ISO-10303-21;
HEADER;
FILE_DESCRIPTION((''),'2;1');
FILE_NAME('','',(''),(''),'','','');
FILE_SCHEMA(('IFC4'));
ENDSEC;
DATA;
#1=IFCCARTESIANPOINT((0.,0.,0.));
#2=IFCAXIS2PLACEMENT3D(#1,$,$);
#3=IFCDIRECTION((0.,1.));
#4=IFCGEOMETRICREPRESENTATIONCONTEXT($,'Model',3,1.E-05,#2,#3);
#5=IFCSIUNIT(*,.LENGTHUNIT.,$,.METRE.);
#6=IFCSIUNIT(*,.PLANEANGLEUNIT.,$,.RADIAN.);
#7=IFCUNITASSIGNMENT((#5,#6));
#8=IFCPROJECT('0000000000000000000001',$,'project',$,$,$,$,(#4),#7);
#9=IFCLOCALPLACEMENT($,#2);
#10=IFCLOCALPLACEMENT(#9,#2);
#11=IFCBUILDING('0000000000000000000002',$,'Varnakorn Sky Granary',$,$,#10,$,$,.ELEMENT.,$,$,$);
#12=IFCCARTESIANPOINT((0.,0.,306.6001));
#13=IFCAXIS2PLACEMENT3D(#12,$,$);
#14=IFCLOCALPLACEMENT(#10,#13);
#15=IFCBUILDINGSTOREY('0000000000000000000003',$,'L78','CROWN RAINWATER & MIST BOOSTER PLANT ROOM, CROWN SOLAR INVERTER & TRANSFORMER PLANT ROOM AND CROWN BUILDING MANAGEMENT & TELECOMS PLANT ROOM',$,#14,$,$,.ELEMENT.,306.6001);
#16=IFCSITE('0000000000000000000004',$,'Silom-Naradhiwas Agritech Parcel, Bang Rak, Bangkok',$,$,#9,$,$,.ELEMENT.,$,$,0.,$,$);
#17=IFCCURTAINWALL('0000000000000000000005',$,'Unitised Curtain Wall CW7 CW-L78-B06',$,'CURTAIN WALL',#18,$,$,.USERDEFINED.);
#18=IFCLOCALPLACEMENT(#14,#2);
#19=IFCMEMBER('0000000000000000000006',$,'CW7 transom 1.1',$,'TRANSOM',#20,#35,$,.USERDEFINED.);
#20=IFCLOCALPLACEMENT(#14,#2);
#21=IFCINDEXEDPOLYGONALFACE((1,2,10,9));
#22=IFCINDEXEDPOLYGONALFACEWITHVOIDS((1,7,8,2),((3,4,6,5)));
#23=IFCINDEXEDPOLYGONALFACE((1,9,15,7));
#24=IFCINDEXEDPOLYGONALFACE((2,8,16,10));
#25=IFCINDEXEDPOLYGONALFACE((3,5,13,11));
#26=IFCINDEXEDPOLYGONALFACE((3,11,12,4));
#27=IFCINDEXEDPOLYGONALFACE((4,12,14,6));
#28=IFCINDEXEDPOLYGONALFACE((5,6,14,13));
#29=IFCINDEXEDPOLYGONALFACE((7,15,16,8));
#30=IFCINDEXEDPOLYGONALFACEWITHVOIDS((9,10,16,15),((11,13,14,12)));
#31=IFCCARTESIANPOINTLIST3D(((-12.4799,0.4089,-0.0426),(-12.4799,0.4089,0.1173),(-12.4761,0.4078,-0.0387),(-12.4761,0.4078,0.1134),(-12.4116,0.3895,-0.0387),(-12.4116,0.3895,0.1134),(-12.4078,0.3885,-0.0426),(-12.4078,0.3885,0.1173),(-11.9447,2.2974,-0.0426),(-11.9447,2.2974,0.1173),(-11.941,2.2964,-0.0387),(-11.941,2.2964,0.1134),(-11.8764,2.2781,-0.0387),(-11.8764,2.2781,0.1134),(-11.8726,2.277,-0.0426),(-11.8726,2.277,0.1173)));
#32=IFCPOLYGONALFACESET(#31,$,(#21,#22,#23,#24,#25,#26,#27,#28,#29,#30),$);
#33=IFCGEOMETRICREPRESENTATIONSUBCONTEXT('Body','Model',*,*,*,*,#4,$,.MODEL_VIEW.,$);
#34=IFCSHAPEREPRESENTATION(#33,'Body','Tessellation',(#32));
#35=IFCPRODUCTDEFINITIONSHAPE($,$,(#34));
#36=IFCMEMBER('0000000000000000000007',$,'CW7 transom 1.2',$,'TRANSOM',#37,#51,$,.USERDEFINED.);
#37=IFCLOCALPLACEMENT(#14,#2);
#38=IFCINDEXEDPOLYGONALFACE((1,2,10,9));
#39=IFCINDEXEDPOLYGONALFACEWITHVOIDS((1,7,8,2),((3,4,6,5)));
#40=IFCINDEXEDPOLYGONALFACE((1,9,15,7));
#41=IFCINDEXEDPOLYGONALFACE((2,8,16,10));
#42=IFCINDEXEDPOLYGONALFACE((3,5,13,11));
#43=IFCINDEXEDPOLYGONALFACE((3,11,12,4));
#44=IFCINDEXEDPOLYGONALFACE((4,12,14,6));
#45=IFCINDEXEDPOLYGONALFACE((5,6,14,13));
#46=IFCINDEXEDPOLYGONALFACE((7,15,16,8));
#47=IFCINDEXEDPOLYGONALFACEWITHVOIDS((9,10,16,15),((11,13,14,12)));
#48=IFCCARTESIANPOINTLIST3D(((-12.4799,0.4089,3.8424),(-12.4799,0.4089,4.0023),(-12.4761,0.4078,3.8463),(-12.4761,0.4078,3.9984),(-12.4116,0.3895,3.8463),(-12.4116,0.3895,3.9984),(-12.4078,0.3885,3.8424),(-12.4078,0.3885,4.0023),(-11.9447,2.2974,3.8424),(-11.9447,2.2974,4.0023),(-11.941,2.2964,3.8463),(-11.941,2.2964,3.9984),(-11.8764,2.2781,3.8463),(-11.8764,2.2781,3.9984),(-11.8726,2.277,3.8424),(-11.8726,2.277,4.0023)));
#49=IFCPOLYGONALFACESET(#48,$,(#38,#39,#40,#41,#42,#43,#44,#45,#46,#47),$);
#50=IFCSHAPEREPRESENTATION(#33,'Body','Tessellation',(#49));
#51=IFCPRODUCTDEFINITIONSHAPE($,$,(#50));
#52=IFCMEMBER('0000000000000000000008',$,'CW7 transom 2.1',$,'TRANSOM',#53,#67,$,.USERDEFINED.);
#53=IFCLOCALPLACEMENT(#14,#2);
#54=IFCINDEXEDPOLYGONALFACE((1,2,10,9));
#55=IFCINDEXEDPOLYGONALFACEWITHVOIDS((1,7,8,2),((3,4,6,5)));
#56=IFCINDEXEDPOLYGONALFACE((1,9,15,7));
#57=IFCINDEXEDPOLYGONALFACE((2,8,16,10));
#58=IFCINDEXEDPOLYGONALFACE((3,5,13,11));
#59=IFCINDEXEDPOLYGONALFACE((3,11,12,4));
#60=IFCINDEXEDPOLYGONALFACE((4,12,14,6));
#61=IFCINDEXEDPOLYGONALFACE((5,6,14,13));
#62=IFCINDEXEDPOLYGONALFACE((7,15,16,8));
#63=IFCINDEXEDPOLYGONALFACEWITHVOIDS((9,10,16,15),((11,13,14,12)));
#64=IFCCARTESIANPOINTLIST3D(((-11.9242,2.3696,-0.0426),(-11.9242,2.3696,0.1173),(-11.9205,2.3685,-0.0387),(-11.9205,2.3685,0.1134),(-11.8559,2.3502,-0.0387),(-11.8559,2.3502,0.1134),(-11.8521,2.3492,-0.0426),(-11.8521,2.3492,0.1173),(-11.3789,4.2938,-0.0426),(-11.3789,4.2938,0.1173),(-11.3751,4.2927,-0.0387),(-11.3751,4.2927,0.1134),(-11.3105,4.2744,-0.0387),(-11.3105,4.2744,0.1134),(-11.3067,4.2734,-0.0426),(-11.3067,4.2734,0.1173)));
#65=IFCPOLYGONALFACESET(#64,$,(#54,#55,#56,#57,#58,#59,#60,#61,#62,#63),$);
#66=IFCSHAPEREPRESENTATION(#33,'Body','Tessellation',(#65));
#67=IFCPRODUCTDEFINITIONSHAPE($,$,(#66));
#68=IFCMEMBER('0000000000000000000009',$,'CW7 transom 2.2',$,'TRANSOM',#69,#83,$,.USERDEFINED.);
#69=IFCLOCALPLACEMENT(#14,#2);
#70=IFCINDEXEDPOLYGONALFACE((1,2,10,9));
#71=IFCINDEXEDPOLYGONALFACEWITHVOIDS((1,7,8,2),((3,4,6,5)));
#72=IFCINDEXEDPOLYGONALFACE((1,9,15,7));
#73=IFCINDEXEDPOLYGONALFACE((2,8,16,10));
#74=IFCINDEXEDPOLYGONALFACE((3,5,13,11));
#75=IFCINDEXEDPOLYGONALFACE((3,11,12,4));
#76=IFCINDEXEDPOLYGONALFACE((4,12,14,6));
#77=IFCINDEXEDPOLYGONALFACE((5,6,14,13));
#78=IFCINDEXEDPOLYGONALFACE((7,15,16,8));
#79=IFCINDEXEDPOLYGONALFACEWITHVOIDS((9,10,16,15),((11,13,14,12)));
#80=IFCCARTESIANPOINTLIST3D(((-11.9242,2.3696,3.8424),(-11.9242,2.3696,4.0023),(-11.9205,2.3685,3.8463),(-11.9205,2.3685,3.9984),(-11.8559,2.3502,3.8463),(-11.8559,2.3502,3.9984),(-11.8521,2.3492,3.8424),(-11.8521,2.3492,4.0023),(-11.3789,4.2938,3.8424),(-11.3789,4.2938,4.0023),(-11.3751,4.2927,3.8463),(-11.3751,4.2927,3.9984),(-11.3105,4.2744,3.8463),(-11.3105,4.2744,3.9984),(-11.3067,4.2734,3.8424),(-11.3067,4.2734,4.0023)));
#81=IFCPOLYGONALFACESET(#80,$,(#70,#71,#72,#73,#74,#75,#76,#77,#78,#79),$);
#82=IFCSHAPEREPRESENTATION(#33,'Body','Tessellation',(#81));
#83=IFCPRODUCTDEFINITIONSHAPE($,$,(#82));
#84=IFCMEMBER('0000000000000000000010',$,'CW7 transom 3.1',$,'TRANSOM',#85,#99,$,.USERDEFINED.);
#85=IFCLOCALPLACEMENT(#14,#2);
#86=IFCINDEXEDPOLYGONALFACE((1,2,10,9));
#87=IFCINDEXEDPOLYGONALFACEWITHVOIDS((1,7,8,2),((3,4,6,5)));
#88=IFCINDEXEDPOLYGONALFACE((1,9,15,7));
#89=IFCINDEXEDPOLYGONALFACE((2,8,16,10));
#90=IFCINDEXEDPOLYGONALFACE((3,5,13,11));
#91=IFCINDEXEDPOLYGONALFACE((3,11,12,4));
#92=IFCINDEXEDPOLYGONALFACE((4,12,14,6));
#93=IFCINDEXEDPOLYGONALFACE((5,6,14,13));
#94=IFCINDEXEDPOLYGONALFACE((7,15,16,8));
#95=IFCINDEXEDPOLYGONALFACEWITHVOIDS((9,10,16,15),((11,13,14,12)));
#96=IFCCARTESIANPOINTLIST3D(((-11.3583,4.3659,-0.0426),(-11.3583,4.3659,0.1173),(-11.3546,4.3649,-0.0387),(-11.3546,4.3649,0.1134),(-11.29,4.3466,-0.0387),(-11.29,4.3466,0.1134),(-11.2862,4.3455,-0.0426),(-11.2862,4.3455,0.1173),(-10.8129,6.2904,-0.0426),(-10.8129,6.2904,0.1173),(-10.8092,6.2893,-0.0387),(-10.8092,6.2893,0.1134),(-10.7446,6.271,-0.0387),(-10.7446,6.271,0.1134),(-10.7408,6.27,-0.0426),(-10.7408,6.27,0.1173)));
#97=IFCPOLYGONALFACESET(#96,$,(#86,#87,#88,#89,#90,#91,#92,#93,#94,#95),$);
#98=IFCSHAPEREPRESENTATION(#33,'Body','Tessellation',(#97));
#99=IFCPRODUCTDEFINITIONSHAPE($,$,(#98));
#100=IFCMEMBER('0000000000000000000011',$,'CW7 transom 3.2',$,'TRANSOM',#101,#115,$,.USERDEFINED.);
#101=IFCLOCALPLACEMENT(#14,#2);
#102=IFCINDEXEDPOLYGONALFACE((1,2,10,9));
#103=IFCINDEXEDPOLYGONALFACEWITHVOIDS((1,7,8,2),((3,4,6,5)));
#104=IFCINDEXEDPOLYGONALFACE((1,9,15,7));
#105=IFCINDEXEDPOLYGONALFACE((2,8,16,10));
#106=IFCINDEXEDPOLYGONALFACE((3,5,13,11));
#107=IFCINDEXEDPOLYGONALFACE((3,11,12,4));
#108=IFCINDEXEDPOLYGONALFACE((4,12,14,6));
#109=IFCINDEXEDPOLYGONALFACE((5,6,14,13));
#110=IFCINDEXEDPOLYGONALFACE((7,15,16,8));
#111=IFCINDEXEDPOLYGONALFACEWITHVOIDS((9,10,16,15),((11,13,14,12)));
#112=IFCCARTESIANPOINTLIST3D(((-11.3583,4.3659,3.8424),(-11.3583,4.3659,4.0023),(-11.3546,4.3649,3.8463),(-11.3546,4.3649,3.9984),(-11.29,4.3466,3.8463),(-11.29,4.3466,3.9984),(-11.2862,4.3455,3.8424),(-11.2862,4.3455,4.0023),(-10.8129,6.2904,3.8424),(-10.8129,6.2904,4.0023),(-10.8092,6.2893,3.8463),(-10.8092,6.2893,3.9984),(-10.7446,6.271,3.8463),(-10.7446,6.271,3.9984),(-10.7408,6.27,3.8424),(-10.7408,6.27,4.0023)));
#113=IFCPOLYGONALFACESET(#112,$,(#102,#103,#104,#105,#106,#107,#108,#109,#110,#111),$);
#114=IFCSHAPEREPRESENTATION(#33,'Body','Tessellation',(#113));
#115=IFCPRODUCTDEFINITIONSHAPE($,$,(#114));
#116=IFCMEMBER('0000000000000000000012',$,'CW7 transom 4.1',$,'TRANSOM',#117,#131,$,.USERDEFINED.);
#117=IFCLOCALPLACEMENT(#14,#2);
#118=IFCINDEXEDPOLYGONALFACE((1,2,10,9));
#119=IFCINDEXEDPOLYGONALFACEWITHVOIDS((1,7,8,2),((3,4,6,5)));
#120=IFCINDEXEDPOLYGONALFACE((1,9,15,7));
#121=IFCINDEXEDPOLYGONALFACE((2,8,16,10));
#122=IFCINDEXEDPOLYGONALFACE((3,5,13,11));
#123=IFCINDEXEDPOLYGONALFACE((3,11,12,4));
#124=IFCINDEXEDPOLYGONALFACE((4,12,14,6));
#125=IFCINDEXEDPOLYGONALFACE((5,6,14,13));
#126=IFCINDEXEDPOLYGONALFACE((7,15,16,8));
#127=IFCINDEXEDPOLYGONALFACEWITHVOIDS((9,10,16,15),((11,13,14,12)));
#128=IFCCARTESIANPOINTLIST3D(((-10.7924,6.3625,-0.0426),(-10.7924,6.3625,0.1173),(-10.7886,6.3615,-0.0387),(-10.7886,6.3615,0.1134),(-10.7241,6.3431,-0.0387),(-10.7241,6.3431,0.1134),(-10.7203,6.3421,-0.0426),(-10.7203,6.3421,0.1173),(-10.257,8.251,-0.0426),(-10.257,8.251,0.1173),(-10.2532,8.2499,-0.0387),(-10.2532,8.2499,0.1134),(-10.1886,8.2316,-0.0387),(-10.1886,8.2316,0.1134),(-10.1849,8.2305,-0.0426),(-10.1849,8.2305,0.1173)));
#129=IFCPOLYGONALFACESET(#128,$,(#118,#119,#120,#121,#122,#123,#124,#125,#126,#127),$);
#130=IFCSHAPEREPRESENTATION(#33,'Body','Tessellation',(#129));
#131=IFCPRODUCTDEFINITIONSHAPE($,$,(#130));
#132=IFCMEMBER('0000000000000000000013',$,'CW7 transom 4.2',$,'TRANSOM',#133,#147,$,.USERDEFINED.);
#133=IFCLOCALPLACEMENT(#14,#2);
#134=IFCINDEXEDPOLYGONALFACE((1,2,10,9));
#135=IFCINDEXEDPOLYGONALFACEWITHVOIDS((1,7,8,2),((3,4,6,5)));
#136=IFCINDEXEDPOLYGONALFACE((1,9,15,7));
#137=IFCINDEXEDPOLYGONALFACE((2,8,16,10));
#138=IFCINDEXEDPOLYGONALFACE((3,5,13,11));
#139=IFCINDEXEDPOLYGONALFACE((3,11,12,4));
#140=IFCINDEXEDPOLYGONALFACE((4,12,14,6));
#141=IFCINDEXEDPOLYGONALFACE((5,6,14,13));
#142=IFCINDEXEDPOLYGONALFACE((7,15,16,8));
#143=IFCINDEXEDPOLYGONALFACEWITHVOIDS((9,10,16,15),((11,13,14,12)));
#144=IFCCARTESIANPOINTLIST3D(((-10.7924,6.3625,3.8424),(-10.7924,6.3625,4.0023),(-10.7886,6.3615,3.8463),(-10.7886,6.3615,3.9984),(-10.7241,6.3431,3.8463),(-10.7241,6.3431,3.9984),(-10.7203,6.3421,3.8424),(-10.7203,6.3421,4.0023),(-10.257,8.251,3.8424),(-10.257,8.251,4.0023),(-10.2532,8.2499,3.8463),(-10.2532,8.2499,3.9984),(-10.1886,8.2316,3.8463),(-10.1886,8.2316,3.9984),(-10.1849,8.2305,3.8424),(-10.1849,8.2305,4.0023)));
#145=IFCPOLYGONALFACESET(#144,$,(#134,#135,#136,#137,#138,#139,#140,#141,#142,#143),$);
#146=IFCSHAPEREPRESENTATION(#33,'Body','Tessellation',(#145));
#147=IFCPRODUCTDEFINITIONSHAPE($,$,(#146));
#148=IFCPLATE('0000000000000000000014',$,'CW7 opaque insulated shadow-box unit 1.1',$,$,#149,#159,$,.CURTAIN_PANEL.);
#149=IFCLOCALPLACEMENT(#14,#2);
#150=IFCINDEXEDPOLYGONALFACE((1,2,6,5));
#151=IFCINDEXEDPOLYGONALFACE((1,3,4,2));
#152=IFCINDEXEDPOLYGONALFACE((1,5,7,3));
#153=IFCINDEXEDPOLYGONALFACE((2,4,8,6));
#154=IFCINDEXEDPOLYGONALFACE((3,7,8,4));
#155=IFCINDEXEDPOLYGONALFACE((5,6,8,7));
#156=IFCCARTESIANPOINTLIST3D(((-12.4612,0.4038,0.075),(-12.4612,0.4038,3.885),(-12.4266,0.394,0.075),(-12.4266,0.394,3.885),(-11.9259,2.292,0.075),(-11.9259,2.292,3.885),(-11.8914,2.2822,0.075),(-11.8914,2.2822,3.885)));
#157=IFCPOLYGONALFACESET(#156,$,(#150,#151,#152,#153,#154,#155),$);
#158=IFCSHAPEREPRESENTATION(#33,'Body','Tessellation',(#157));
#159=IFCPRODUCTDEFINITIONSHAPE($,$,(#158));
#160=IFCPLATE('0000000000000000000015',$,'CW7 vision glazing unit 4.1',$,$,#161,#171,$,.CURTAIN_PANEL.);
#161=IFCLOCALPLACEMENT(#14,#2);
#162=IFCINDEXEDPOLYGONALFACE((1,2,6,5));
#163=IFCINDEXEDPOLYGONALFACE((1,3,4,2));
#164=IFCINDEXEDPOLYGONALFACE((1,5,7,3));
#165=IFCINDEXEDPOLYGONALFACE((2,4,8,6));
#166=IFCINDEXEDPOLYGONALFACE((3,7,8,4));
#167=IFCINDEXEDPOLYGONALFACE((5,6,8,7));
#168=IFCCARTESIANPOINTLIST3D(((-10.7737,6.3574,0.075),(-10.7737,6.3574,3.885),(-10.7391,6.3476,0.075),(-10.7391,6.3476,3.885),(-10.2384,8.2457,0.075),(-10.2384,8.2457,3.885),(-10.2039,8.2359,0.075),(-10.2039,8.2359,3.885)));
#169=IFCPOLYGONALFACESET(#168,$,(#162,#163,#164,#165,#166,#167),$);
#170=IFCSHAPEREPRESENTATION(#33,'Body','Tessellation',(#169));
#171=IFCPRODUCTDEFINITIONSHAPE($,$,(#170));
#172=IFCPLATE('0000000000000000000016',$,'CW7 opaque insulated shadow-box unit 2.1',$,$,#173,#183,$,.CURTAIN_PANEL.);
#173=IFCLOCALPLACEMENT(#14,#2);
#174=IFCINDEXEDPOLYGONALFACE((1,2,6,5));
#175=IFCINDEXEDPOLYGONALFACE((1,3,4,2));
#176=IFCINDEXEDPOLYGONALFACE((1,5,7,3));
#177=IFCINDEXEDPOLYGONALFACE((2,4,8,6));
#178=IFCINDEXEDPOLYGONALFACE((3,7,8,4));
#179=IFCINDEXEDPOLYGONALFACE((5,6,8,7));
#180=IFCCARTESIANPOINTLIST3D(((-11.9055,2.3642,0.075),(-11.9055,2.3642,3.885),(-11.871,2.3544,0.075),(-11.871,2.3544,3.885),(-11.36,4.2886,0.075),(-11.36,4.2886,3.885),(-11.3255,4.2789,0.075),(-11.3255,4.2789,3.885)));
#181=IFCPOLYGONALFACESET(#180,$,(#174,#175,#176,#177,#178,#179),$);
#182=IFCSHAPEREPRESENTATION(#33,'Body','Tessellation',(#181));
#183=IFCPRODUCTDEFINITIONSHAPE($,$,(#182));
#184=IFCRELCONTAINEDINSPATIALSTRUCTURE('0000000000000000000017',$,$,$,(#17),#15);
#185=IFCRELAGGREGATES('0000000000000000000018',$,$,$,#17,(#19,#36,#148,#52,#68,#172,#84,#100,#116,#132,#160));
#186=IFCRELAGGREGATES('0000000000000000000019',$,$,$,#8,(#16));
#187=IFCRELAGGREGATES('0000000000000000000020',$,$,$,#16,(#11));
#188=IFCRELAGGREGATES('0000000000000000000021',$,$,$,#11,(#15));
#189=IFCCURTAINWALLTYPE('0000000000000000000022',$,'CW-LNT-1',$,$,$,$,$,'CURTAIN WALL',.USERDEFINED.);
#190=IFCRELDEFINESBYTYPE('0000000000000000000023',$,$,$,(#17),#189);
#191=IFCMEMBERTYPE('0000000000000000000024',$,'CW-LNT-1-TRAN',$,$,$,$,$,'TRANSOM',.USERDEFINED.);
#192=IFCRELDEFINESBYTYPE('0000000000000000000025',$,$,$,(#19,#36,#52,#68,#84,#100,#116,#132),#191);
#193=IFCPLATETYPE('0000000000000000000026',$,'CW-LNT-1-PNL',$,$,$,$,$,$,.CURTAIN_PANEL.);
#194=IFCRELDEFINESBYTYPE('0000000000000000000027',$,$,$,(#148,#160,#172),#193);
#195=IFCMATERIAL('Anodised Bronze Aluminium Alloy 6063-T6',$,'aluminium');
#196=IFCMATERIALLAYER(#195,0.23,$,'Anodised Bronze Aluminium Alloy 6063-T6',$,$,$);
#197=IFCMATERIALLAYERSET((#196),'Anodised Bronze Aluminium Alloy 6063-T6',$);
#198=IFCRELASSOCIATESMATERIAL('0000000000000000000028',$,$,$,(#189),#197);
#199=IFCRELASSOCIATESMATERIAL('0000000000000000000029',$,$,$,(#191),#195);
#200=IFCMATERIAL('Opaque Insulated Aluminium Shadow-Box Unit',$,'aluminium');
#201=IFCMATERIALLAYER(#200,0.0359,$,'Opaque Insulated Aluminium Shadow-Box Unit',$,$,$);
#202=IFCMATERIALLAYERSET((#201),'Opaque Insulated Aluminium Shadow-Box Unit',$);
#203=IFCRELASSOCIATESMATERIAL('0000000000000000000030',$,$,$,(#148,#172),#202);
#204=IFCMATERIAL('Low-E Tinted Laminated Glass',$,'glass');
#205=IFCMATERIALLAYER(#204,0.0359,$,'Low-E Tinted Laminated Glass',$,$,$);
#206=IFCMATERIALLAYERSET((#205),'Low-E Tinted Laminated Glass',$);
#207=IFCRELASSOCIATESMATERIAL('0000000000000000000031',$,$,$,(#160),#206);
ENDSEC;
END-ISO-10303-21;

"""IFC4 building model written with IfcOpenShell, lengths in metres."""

from ifc_helpers import new_model, si_unit, direction, frame, origin, origin_2d, place, context, subcontext, project, spatial, rectangle, hollow_rectangle, extrude, source, transform, mapped, material, layer, layer_set, material_profile, profile_set, type_object, type_shapes, element, aggregate, save


model = new_model("IFC4")

# Units and contexts
model_context = context("Model", 3, precision=1e-05, world=origin(), true_north=direction((0.0, 1.0)))
body_context = subcontext(model_context, "Body", "Model", "MODEL_VIEW")
ifc_project = project(units=[si_unit("LENGTHUNIT", "METRE"), si_unit("PLANEANGLEUNIT", "RADIAN")], contexts=[model_context])

# Site, building, storey
site_placement = place(None, origin())
site = spatial("IfcSite", under=ifc_project, at=site_placement, Name="Silom-Naradhiwas Agritech Parcel, Bang Rak, Bangkok", CompositionType="ELEMENT", RefElevation=0.0)
building_placement = place(site_placement, origin())
building = spatial("IfcBuilding", under=site, at=building_placement, Name="Varnakorn Sky Granary", CompositionType="ELEMENT")
storey_placement = place(building_placement, frame((0.0, 0.0, 306.6001)))
storey = spatial("IfcBuildingStorey", under=building, at=storey_placement, Name="L78", Description="CROWN RAINWATER & MIST BOOSTER PLANT ROOM, CROWN SOLAR INVERTER & TRANSFORMER PLANT ROOM AND CROWN BUILDING MANAGEMENT & TELECOMS PLANT ROOM", CompositionType="ELEMENT", Elevation=306.6001)

# Shared definitions
ifc_material_1 = material(Name="Anodised Bronze Aluminium Alloy 6063-T6", Category="aluminium")
ifc_layer_1 = layer(ifc_material_1, 0.23, Name="Anodised Bronze Aluminium Alloy 6063-T6")
ifc_layer_set_1 = layer_set([ifc_layer_1], Name="Anodised Bronze Aluminium Alloy 6063-T6")
curtain_wall_type = type_object("IfcCurtainWallType", Name="CW-LNT-1", ElementType="CURTAIN WALL", PredefinedType="USERDEFINED", material=ifc_layer_set_1)

# Curtain wall, members, plates
curtain_wall_1_placement = place(storey_placement, origin())
curtain_wall_1 = element("IfcCurtainWall", 1, at=curtain_wall_1_placement, inside=storey, type_object=curtain_wall_type, Name="Unitised Curtain Wall CW7 CW-L78-B06", ObjectType="CURTAIN WALL", PredefinedType="USERDEFINED")
ifc_material_profile_1 = material_profile(ifc_material_1, hollow_rectangle(XDim=0.075, YDim=0.1599, WallThickness=0.0039, at=origin_2d()), Name="ALU TRAN 75x160")
ifc_profile_set_1 = profile_set([ifc_material_profile_1], Name="Anodised Bronze Aluminium Alloy 6063-T6")
member_type_1 = type_object("IfcMemberType", Name="CW-LNT-1-TRAN", ElementType="TRANSOM", PredefinedType="USERDEFINED", material=ifc_profile_set_1)
member_1_placement = place(storey_placement, frame((-12.4438, 0.3987, 0.0374), z_axis=(0.272651, 0.962113, 0.0), x_axis=(-0.962113, 0.272651, 0.0)))
member_1 = element("IfcMember", 2, at=member_1_placement, type_object=member_type_1, Name="CW7 transom 1.1", ObjectType="TRANSOM", PredefinedType="USERDEFINED", context=body_context, shape_type="SweptSolid", body=[
    extrude(hollow_rectangle(XDim=0.075, YDim=0.1599, WallThickness=0.0039, at=origin_2d()), origin(), (0.0, 0.0, 1.0), 1.9629),
])
member_2_placement = place(storey_placement, frame((-12.4438, 0.3987, 3.9224), z_axis=(0.272651, 0.962113, 0.0), x_axis=(-0.962113, 0.272651, 0.0)))
member_2 = element("IfcMember", 3, at=member_2_placement, type_object=member_type_1, Name="CW7 transom 1.2", ObjectType="TRANSOM", PredefinedType="USERDEFINED", context=body_context, shape_type="SweptSolid", body=[
    extrude(hollow_rectangle(XDim=0.075, YDim=0.1599, WallThickness=0.0039, at=origin_2d()), origin(), (0.0, 0.0, 1.0), 1.9629),
])
member_3_placement = place(storey_placement, frame((-11.8882, 2.3594, 0.0374), z_axis=(0.272689, 0.962102, 0.0), x_axis=(-0.962102, 0.272689, 0.0)))
member_3 = element("IfcMember", 4, at=member_3_placement, type_object=member_type_1, Name="CW7 transom 2.1", ObjectType="TRANSOM", PredefinedType="USERDEFINED", context=body_context, shape_type="SweptSolid", body=[
    extrude(hollow_rectangle(XDim=0.075, YDim=0.1599, WallThickness=0.0039, at=origin_2d()), origin(), (0.0, 0.0, 1.0), 2.0),
])
member_4_placement = place(storey_placement, frame((-11.8882, 2.3594, 3.9224), z_axis=(0.272689, 0.962102, 0.0), x_axis=(-0.962102, 0.272689, 0.0)))
member_4 = element("IfcMember", 5, at=member_4_placement, type_object=member_type_1, Name="CW7 transom 2.2", ObjectType="TRANSOM", PredefinedType="USERDEFINED", context=body_context, shape_type="SweptSolid", body=[
    extrude(hollow_rectangle(XDim=0.075, YDim=0.1599, WallThickness=0.0039, at=origin_2d()), origin(), (0.0, 0.0, 1.0), 2.0),
])
member_5_placement = place(storey_placement, frame((-11.3223, 4.3557, 0.0374), z_axis=(0.272657, 0.962111, 0.0), x_axis=(-0.962111, 0.272657, 0.0)))
member_5 = element("IfcMember", 6, at=member_5_placement, type_object=member_type_1, Name="CW7 transom 3.1", ObjectType="TRANSOM", PredefinedType="USERDEFINED", context=body_context, shape_type="SweptSolid", body=[
    extrude(hollow_rectangle(XDim=0.075, YDim=0.1599, WallThickness=0.0039, at=origin_2d()), origin(), (0.0, 0.0, 1.0), 2.0002),
])
member_6_placement = place(storey_placement, frame((-11.3223, 4.3557, 3.9224), z_axis=(0.272657, 0.962111, 0.0), x_axis=(-0.962111, 0.272657, 0.0)))
member_6 = element("IfcMember", 7, at=member_6_placement, type_object=member_type_1, Name="CW7 transom 3.2", ObjectType="TRANSOM", PredefinedType="USERDEFINED", context=body_context, shape_type="SweptSolid", body=[
    extrude(hollow_rectangle(XDim=0.075, YDim=0.1599, WallThickness=0.0039, at=origin_2d()), origin(), (0.0, 0.0, 1.0), 2.0002),
])
member_7_placement = place(storey_placement, frame((-10.7563, 6.3523, 0.0374), z_axis=(0.272766, 0.96208, 0.0), x_axis=(-0.96208, 0.272766, 0.0)))
member_7 = element("IfcMember", 8, at=member_7_placement, type_object=member_type_1, Name="CW7 transom 4.1", ObjectType="TRANSOM", PredefinedType="USERDEFINED", context=body_context, shape_type="SweptSolid", body=[
    extrude(hollow_rectangle(XDim=0.075, YDim=0.1599, WallThickness=0.0039, at=origin_2d()), origin(), (0.0, 0.0, 1.0), 1.9629),
])
member_8_placement = place(storey_placement, frame((-10.7563, 6.3523, 3.9224), z_axis=(0.272766, 0.96208, 0.0), x_axis=(-0.96208, 0.272766, 0.0)))
member_8 = element("IfcMember", 9, at=member_8_placement, type_object=member_type_1, Name="CW7 transom 4.2", ObjectType="TRANSOM", PredefinedType="USERDEFINED", context=body_context, shape_type="SweptSolid", body=[
    extrude(hollow_rectangle(XDim=0.075, YDim=0.1599, WallThickness=0.0039, at=origin_2d()), origin(), (0.0, 0.0, 1.0), 1.9629),
])
ifc_material_2 = material(Name="Opaque Insulated Aluminium Shadow-Box Unit", Category="aluminium")
ifc_layer_2 = layer(ifc_material_2, 0.0359, Name="Opaque Insulated Aluminium Shadow-Box Unit")
ifc_layer_set_2 = layer_set([ifc_layer_2], Name="Opaque Insulated Aluminium Shadow-Box Unit")
plate_type = type_object("IfcPlateType", Name="CW-LNT-1-PNL", PredefinedType="CURTAIN_PANEL")
shared_shape_1 = source(origin(), body_context, "Body", "SweptSolid", [
    extrude(rectangle(XDim=1.9626, YDim=0.0359, at=origin_2d()), origin(), (0.0, 0.0, 1.0), 3.8101),
])
plate_1_placement = place(storey_placement, frame((-12.1763, 1.343, 0.075), z_axis=(0.0, 0.0, 1.0), x_axis=(0.272716, 0.962095, 0.0)))
plate_1 = element("IfcPlate", 10, at=plate_1_placement, type_object=plate_type, material=ifc_layer_set_2, Name="CW7 opaque insulated shadow-box unit 1.1", PredefinedType="CURTAIN_PANEL", context=body_context, shape_type="MappedRepresentation", body=[
    mapped(shared_shape_1, transform((0.0, 0.0, 0.0), x_axis=(1.0, 0.0, 0.0), y_axis=(0.0, 1.0, 0.0), z_axis=(0.0, 0.0, 1.0), scale=1.0)),
])
ifc_material_3 = material(Name="Low-E Tinted Laminated Glass", Category="glass")
ifc_layer_3 = layer(ifc_material_3, 0.0359, Name="Low-E Tinted Laminated Glass")
ifc_layer_set_3 = layer_set([ifc_layer_3], Name="Low-E Tinted Laminated Glass")
plate_2_placement = place(storey_placement, frame((-10.4888, 7.2966, 0.075), z_axis=(0.0, 0.0, 1.0), x_axis=(0.272716, 0.962095, 0.0)))
plate_2 = element("IfcPlate", 11, at=plate_2_placement, type_object=plate_type, material=ifc_layer_set_3, Name="CW7 vision glazing unit 4.1", PredefinedType="CURTAIN_PANEL", context=body_context, shape_type="MappedRepresentation", body=[
    mapped(shared_shape_1, transform((0.0, 0.0, 0.0), x_axis=(1.0, 0.0, 0.0), y_axis=(0.0, 1.0, 0.0), z_axis=(0.0, 0.0, 1.0), scale=1.0)),
])
shared_shape_2 = source(origin(), body_context, "Body", "SweptSolid", [
    extrude(rectangle(XDim=2.0002, YDim=0.0359, at=origin_2d()), origin(), (0.0, 0.0, 1.0), 3.8101),
])
type_shapes(plate_type, [shared_shape_1, shared_shape_2])
plate_3_placement = place(storey_placement, frame((-11.6155, 3.3215, 0.075), z_axis=(0.0, 0.0, 1.0), x_axis=(0.272716, 0.962095, 0.0)))
plate_3 = element("IfcPlate", 12, at=plate_3_placement, type_object=plate_type, material=ifc_layer_set_2, Name="CW7 opaque insulated shadow-box unit 2.1", PredefinedType="CURTAIN_PANEL", context=body_context, shape_type="MappedRepresentation", body=[
    mapped(shared_shape_2, transform((0.0, 0.0, 0.0), x_axis=(1.0, 0.0, 0.0), y_axis=(0.0, 1.0, 0.0), z_axis=(0.0, 0.0, 1.0), scale=1.0)),
])
aggregate(curtain_wall_1, [member_1, member_2, plate_1, member_3, member_4, plate_3, member_5, member_6, member_7, member_8, plate_2])

save(model, "model.ifc")
